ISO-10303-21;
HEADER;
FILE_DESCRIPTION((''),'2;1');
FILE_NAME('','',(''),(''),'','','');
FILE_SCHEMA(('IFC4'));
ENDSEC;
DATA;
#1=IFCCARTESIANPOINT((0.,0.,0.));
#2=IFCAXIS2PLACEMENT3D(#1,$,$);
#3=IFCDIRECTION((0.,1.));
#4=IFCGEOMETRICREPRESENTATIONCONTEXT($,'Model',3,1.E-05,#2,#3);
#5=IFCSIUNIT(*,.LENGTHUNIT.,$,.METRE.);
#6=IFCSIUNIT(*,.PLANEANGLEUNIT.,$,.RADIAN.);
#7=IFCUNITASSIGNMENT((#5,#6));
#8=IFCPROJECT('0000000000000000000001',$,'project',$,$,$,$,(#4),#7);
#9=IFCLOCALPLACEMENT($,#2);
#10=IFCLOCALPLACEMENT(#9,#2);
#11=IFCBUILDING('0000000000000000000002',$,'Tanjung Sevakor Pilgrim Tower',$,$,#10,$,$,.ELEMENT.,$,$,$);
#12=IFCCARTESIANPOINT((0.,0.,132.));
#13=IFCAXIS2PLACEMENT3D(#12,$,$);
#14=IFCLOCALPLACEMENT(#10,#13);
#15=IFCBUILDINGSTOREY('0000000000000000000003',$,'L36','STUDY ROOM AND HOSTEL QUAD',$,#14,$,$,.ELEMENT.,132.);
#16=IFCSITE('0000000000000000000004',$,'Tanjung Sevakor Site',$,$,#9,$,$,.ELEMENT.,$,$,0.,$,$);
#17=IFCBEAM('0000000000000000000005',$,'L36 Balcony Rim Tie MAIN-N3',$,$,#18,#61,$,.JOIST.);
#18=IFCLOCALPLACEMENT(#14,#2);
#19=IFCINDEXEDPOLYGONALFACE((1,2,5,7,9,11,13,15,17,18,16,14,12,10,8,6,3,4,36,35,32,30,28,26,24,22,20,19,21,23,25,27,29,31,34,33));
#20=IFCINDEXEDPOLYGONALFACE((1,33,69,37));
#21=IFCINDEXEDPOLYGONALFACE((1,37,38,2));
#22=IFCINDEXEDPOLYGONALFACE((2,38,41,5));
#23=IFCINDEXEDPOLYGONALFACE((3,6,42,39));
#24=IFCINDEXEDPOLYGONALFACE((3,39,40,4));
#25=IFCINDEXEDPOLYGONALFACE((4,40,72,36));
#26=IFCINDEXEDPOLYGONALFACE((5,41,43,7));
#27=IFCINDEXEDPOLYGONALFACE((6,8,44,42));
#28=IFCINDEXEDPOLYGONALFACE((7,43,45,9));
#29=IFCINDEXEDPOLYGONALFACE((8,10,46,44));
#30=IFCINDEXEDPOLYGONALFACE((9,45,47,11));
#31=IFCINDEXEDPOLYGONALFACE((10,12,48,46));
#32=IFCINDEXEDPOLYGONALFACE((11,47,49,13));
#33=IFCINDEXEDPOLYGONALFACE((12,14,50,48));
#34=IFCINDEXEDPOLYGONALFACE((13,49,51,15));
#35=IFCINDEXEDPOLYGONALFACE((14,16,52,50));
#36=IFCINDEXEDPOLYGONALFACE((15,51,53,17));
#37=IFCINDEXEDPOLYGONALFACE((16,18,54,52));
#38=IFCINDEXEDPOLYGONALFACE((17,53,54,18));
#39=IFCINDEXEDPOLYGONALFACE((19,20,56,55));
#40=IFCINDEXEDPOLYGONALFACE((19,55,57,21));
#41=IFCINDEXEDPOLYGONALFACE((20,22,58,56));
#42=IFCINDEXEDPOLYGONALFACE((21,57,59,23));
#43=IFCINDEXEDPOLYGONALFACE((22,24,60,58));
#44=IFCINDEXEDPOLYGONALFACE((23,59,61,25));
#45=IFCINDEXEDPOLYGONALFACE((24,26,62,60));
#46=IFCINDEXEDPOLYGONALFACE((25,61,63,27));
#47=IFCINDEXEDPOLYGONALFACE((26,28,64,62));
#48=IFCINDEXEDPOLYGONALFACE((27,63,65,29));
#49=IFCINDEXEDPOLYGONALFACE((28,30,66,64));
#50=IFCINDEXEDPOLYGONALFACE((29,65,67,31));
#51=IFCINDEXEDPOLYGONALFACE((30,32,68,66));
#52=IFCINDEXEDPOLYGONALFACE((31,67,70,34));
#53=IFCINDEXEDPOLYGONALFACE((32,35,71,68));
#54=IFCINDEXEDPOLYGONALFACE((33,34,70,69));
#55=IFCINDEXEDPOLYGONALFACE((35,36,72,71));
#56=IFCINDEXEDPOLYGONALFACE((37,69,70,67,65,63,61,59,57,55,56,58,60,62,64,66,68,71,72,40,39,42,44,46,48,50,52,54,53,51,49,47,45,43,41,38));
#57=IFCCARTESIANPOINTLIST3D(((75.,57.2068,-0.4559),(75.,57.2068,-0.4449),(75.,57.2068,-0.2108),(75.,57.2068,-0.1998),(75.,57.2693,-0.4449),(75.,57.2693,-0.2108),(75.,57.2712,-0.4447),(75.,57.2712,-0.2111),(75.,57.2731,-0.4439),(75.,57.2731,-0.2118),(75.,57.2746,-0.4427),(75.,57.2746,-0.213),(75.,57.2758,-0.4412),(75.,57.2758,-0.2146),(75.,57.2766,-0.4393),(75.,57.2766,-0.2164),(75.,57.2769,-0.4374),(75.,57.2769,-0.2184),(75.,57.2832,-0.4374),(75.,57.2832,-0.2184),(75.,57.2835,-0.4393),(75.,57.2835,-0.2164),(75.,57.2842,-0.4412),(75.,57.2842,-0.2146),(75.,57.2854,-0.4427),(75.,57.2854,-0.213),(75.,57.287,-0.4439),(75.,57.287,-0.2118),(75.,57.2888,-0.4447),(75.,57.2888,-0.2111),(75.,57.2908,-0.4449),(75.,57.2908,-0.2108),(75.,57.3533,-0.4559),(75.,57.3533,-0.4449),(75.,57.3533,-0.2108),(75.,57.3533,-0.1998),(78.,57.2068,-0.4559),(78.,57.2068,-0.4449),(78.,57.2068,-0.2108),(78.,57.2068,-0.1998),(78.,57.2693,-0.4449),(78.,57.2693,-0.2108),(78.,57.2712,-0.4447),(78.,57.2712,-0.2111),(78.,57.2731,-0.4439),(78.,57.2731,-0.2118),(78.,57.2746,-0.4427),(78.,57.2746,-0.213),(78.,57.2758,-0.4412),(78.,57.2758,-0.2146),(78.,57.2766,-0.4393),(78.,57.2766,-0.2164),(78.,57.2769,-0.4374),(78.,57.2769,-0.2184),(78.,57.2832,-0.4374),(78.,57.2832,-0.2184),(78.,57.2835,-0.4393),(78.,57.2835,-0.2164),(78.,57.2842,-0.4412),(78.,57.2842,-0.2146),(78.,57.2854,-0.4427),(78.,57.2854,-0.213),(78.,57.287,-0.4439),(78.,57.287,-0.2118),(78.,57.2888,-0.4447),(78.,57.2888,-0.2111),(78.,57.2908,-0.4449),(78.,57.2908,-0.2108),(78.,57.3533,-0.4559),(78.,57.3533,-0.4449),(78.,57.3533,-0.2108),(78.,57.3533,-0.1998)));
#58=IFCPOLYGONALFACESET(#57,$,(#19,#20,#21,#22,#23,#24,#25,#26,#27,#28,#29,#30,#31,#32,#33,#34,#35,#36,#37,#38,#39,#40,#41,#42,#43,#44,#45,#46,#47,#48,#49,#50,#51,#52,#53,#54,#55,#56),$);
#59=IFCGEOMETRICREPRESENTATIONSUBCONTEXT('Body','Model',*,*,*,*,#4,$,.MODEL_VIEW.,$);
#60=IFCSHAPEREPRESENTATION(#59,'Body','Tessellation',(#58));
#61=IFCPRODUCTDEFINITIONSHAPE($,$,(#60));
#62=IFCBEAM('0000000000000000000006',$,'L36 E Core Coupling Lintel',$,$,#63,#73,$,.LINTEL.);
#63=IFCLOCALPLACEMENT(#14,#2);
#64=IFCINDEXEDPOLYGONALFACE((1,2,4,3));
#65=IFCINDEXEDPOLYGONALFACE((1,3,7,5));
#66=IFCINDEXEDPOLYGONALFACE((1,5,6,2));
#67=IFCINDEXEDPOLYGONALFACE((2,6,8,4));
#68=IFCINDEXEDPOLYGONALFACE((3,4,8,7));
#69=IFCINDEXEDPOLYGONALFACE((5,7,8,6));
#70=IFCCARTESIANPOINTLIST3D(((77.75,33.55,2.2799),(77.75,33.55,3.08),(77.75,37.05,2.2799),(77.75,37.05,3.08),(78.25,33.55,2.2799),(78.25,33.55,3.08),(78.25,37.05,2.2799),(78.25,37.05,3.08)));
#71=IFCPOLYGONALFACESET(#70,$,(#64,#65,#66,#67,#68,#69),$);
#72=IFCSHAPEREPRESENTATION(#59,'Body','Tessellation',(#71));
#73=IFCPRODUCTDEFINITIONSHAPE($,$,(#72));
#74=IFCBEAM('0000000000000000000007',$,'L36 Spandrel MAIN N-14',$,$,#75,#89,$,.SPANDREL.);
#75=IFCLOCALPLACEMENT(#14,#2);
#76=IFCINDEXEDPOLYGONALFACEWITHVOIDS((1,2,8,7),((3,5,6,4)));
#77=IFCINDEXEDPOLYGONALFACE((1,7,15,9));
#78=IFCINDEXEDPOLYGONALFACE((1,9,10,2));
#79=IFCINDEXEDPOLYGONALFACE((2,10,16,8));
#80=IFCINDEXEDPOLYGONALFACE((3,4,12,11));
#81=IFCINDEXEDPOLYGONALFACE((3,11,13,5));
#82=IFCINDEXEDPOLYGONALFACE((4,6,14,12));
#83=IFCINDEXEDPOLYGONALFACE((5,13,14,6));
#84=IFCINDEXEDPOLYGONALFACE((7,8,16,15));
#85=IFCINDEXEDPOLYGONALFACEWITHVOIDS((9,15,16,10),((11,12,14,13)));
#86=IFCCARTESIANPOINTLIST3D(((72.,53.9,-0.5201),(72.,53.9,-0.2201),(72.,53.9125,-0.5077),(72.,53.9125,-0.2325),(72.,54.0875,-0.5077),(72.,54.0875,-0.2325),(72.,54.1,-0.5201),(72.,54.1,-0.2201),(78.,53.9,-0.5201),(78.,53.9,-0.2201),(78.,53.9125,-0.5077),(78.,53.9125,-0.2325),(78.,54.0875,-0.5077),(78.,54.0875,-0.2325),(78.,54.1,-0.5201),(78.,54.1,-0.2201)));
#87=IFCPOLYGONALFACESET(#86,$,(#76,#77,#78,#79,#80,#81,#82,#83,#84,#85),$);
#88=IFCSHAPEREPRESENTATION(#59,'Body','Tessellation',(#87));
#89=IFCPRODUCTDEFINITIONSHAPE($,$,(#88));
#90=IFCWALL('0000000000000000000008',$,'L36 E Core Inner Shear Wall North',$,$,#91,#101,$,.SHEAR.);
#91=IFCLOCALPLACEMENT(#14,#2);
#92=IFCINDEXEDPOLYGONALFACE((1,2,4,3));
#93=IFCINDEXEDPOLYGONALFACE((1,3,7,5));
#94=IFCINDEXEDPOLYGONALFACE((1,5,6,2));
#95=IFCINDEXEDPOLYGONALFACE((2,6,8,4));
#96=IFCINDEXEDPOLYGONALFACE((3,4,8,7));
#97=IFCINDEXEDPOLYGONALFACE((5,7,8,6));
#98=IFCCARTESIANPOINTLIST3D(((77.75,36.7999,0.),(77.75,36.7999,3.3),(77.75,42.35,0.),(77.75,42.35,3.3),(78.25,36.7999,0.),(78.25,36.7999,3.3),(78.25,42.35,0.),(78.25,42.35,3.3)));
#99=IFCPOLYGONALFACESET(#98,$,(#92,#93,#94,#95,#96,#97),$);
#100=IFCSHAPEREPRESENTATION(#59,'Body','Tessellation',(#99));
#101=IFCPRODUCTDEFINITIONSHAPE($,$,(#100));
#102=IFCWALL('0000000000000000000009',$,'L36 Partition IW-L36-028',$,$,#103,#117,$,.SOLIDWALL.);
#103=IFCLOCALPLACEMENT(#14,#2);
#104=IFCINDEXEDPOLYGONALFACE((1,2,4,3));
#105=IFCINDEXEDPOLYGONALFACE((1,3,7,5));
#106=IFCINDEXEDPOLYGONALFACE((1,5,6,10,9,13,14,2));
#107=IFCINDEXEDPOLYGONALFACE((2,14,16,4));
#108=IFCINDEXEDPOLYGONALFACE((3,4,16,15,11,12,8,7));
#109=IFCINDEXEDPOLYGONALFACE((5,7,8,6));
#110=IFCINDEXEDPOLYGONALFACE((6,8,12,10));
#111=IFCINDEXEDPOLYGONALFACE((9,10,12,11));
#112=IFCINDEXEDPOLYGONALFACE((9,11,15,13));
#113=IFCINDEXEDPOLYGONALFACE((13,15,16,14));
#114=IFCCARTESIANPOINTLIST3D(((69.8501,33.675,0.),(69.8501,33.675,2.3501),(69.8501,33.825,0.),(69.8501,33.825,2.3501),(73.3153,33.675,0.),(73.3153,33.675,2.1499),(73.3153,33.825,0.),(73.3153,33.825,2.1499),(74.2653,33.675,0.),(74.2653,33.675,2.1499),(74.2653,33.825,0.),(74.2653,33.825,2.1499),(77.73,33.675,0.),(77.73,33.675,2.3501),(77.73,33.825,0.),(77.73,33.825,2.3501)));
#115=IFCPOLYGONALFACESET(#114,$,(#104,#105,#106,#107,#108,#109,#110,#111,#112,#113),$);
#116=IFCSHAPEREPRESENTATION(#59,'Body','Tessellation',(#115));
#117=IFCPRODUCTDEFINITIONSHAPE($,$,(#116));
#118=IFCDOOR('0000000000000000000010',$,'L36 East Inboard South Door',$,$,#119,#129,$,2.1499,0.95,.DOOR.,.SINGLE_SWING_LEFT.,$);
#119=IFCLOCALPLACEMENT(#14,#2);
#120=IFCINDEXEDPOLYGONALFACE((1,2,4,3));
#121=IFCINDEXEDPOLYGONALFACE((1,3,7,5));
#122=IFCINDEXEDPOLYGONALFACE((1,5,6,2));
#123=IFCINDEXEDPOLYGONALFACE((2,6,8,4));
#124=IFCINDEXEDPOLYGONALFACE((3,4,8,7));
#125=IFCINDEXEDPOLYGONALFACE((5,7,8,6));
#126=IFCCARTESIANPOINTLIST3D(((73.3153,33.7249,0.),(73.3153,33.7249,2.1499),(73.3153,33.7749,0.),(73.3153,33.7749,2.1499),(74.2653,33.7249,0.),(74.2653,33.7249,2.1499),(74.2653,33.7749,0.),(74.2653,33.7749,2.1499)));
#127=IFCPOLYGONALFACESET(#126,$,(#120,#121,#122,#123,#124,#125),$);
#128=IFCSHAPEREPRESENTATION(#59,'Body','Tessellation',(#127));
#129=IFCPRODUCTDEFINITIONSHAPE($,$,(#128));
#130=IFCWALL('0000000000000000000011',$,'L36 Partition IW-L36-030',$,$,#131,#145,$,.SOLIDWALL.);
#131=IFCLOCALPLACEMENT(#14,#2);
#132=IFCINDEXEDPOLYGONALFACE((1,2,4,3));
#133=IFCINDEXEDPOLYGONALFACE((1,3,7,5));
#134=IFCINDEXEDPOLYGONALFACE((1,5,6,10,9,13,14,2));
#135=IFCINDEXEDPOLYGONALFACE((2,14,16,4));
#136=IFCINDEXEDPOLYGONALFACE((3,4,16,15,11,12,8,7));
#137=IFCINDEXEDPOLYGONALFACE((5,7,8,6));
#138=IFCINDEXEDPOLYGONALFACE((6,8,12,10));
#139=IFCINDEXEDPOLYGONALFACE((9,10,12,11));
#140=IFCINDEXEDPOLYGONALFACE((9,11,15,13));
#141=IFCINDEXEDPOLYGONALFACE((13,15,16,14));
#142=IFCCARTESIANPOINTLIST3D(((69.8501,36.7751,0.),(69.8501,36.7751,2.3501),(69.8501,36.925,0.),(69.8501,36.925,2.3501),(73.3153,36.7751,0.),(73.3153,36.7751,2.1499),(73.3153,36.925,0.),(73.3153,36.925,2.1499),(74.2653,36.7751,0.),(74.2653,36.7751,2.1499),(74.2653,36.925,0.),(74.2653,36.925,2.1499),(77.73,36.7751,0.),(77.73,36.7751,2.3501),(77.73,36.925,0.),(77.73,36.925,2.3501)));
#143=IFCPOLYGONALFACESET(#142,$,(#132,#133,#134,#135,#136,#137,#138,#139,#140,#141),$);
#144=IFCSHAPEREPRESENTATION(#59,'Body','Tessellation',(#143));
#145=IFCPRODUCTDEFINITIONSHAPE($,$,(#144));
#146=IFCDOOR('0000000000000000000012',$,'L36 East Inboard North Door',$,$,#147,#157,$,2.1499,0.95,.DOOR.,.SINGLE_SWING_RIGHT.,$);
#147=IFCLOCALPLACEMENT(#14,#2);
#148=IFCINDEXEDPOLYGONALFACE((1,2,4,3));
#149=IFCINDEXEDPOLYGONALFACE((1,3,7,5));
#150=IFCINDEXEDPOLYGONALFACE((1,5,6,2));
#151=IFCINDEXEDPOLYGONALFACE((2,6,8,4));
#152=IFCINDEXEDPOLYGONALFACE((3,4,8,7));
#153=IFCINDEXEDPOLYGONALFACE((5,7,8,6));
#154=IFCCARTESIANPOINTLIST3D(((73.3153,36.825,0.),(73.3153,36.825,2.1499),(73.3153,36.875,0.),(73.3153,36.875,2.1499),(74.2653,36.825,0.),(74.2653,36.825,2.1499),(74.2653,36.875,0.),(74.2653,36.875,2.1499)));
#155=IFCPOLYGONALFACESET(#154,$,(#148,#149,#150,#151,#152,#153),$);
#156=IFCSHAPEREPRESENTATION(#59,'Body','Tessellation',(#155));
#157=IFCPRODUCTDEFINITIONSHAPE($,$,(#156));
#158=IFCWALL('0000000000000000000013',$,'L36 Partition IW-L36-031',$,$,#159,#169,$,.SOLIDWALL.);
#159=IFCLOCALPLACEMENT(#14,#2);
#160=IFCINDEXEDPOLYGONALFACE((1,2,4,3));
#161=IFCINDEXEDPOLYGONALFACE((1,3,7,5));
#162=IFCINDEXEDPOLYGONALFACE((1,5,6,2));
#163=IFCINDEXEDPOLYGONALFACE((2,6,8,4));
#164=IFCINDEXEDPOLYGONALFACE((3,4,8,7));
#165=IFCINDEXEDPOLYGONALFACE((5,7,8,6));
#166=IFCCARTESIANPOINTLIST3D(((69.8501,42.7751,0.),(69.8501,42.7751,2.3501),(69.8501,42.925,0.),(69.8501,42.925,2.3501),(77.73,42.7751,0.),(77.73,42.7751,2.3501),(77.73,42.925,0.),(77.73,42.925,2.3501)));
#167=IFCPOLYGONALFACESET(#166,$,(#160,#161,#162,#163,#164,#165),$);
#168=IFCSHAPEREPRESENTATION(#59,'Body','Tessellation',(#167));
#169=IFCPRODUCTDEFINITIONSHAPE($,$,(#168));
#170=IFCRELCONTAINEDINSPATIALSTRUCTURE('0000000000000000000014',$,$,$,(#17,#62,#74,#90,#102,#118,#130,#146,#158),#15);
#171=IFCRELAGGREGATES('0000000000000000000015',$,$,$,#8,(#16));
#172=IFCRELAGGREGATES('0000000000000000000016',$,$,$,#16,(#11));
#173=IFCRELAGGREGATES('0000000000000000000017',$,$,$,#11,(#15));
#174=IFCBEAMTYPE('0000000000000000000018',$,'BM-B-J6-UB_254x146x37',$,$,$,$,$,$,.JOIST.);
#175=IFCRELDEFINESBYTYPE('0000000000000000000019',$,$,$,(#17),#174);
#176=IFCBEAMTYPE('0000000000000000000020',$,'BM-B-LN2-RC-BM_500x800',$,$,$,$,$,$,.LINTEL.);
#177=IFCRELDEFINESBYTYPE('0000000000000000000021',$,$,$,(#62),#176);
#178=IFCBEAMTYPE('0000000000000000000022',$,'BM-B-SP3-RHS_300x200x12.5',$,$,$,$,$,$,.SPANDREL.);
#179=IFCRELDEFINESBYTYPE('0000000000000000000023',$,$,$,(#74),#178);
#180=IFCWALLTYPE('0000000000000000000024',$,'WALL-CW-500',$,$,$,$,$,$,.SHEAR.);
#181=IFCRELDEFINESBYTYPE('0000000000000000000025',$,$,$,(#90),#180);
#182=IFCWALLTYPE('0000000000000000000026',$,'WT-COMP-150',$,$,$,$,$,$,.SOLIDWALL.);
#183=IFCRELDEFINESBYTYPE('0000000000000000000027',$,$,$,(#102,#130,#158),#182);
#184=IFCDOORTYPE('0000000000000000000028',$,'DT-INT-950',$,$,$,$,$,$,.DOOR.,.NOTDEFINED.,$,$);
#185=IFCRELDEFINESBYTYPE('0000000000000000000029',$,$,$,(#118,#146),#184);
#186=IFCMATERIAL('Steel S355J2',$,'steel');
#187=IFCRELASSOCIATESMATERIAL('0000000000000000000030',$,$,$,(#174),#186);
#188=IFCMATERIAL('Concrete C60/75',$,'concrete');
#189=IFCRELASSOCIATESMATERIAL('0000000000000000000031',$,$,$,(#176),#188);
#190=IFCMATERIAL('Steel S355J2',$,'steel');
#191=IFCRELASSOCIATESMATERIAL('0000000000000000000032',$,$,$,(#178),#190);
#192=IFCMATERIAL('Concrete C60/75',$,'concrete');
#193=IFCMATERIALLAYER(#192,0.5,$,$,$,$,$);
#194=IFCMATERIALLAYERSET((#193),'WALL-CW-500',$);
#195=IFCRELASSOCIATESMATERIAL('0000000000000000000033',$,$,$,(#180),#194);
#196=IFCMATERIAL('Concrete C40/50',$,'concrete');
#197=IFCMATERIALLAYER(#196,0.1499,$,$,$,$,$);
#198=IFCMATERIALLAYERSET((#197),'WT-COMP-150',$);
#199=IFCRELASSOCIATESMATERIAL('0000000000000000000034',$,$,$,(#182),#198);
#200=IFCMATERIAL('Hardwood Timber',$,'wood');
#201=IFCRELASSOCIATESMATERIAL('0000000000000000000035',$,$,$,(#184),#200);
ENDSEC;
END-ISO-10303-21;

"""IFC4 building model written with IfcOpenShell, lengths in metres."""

from ifc_helpers import new_model, si_unit, direction, frame, frame_2d, origin, origin_2d, place, context, subcontext, project, spatial, rectangle, hollow_rectangle, i_section, extrude, material, layer, layer_set, material_profile, profile_set, type_object, element, fill, save


model = new_model("IFC4")

# Units and contexts
model_context = context("Model", 3, precision=1e-05, world=origin(), true_north=direction((0.0, 1.0)))
body_context = subcontext(model_context, "Body", "Model", "MODEL_VIEW")
ifc_project = project(units=[si_unit("LENGTHUNIT", "METRE"), si_unit("PLANEANGLEUNIT", "RADIAN")], contexts=[model_context])

# Site, building, storey
site_placement = place(None, origin())
site = spatial("IfcSite", under=ifc_project, at=site_placement, Name="Tanjung Sevakor Site", CompositionType="ELEMENT", RefElevation=0.0)
building_placement = place(site_placement, origin())
building = spatial("IfcBuilding", under=site, at=building_placement, Name="Tanjung Sevakor Pilgrim Tower", CompositionType="ELEMENT")
storey_placement = place(building_placement, frame((0.0, 0.0, 132.0)))
storey = spatial("IfcBuildingStorey", under=building, at=storey_placement, Name="L36", Description="STUDY ROOM AND HOSTEL QUAD", CompositionType="ELEMENT", Elevation=132.0)

# Beams
ifc_material_1 = material(Name="Steel S355J2", Category="steel")
ifc_material_profile_1 = material_profile(ifc_material_1, i_section(OverallWidth=0.1465, OverallDepth=0.2561, WebThickness=0.0063, FlangeThickness=0.011, FilletRadius=0.0076, at=origin_2d()))
ifc_profile_set_1 = profile_set([ifc_material_profile_1], Name="Steel S355J2")
beam_type_1 = type_object("IfcBeamType", Name="BM-B-J6-UB_254x146x37", PredefinedType="JOIST", material=ifc_profile_set_1)
beam_1_placement = place(storey_placement, frame((75.0, 57.28, -0.3279), z_axis=(1.0, 0.0, 0.0), x_axis=(0.0, 1.0, 0.0)))
element("IfcBeam", 1, at=beam_1_placement, inside=storey, type_object=beam_type_1, Name="L36 Balcony Rim Tie MAIN-N3", PredefinedType="JOIST", context=body_context, shape_type="SweptSolid", body=[
    extrude(i_section(OverallWidth=0.1465, OverallDepth=0.2561, WebThickness=0.0063, FlangeThickness=0.011, FilletRadius=0.0076, at=origin_2d()), origin(), (0.0, 0.0, 1.0), 3.0),
])
ifc_material_2 = material(Name="Concrete C60/75", Category="concrete")
ifc_material_profile_2 = material_profile(ifc_material_2, rectangle(XDim=0.5, YDim=0.8, at=origin_2d()))
ifc_profile_set_2 = profile_set([ifc_material_profile_2], Name="Concrete C60/75")
beam_type_2 = type_object("IfcBeamType", Name="BM-B-LN2-RC-BM_500x800", PredefinedType="LINTEL", material=ifc_profile_set_2)
beam_2_placement = place(storey_placement, frame((78.0, 33.55, 2.6799), z_axis=(0.0, 1.0, 0.0), x_axis=(-1.0, 0.0, 0.0)))
element("IfcBeam", 2, at=beam_2_placement, inside=storey, type_object=beam_type_2, Name="L36 E Core Coupling Lintel", PredefinedType="LINTEL", context=body_context, shape_type="SweptSolid", body=[
    extrude(rectangle(XDim=0.5, YDim=0.8, at=origin_2d()), origin(), (0.0, 0.0, 1.0), 3.5),
])
ifc_material_3 = material(Name="Steel S355J2", Category="steel")
ifc_material_profile_3 = material_profile(ifc_material_3, hollow_rectangle(XDim=0.2, YDim=0.3, WallThickness=0.0125, at=origin_2d()))
ifc_profile_set_3 = profile_set([ifc_material_profile_3], Name="Steel S355J2")
beam_type_3 = type_object("IfcBeamType", Name="BM-B-SP3-RHS_300x200x12.5", PredefinedType="SPANDREL", material=ifc_profile_set_3)
beam_3_placement = place(storey_placement, frame((72.0, 54.0, -0.3701), z_axis=(1.0, 0.0, 0.0), x_axis=(0.0, 1.0, 0.0)))
element("IfcBeam", 3, at=beam_3_placement, inside=storey, type_object=beam_type_3, Name="L36 Spandrel MAIN N-14", PredefinedType="SPANDREL", context=body_context, shape_type="SweptSolid", body=[
    extrude(hollow_rectangle(XDim=0.2, YDim=0.3, WallThickness=0.0125, at=origin_2d()), origin(), (0.0, 0.0, 1.0), 6.0),
])

# Wall
ifc_material_4 = material(Name="Concrete C60/75", Category="concrete")
ifc_layer_1 = layer(ifc_material_4, 0.5)
ifc_layer_set_1 = layer_set([ifc_layer_1], Name="WALL-CW-500")
wall_type_1 = type_object("IfcWallType", Name="WALL-CW-500", PredefinedType="SHEAR", material=ifc_layer_set_1)
wall_1_placement = place(storey_placement, frame((78.0, 36.8, 0.0), z_axis=(0.0, 0.0, 1.0), x_axis=(0.0, 1.0, 0.0)))
element("IfcWall", 4, at=wall_1_placement, inside=storey, type_object=wall_type_1, Name="L36 E Core Inner Shear Wall North", PredefinedType="SHEAR", context=body_context, shape_type="SweptSolid", body=[
    extrude(rectangle(XDim=5.55, YDim=0.5, at=frame_2d((2.7749, 0.0))), origin(), (0.0, 0.0, 1.0), 3.3),
])

# Walls, openings, doors
ifc_material_5 = material(Name="Concrete C40/50", Category="concrete")
ifc_layer_2 = layer(ifc_material_5, 0.1499)
ifc_layer_set_2 = layer_set([ifc_layer_2], Name="WT-COMP-150")
wall_type_2 = type_object("IfcWallType", Name="WT-COMP-150", PredefinedType="SOLIDWALL", material=ifc_layer_set_2)
wall_2_placement = place(storey_placement, frame((69.8501, 33.75, 0.0), z_axis=(0.0, 0.0, 1.0), x_axis=(1.0, 0.0, 0.0)))
wall_2 = element("IfcWall", 5, at=wall_2_placement, inside=storey, type_object=wall_type_2, Name="L36 Partition IW-L36-028", PredefinedType="SOLIDWALL", context=body_context, shape_type="SweptSolid", body=[
    extrude(rectangle(XDim=7.8799, YDim=0.1499, at=frame_2d((3.9399, 0.0))), origin(), (0.0, 0.0, 1.0), 2.3501),
])
opening_1_placement = place(wall_2_placement, frame((3.4651, 0.0, 0.0)))
opening_1 = element("IfcOpeningElement", 6, at=opening_1_placement, cuts=wall_2, PredefinedType="OPENING", context=body_context, shape_type="SweptSolid", body=[
    extrude(rectangle(XDim=0.95, YDim=2.1499, at=frame_2d((0.4751, 1.075))), frame((0.0, 0.085, 0.0), z_axis=(0.0, -1.0, 0.0), x_axis=(1.0, 0.0, 0.0)), (0.0, 0.0, 1.0), 0.1699),
])
ifc_material_6 = material(Name="Hardwood Timber", Category="wood")
door_type_1 = type_object("IfcDoorType", Name="DT-INT-950", OperationType="NOTDEFINED", PredefinedType="DOOR", material=ifc_material_6)
door_1_placement = place(opening_1_placement, origin())
door_1 = element("IfcDoor", 7, at=door_1_placement, inside=storey, type_object=door_type_1, Name="L36 East Inboard South Door", OperationType="SINGLE_SWING_LEFT", OverallHeight=2.1499, OverallWidth=0.95, PredefinedType="DOOR", context=body_context, shape_type="SweptSolid", body=[
    extrude(rectangle(XDim=0.95, YDim=2.1499, at=frame_2d((0.4751, 1.075))), frame((0.0, 0.0249, 0.0), z_axis=(0.0, -1.0, 0.0), x_axis=(1.0, 0.0, 0.0)), (0.0, 0.0, 1.0), 0.05),
])
fill(opening_1, door_1)
wall_3_placement = place(storey_placement, frame((69.8501, 36.8501, 0.0), z_axis=(0.0, 0.0, 1.0), x_axis=(1.0, 0.0, 0.0)))
wall_3 = element("IfcWall", 8, at=wall_3_placement, inside=storey, type_object=wall_type_2, Name="L36 Partition IW-L36-030", PredefinedType="SOLIDWALL", context=body_context, shape_type="SweptSolid", body=[
    extrude(rectangle(XDim=7.8799, YDim=0.1499, at=frame_2d((3.9399, 0.0))), origin(), (0.0, 0.0, 1.0), 2.3501),
])
opening_2_placement = place(wall_3_placement, frame((3.4651, 0.0, 0.0)))
opening_2 = element("IfcOpeningElement", 9, at=opening_2_placement, cuts=wall_3, PredefinedType="OPENING", context=body_context, shape_type="SweptSolid", body=[
    extrude(rectangle(XDim=0.95, YDim=2.1499, at=frame_2d((0.4751, 1.075))), frame((0.0, 0.085, 0.0), z_axis=(0.0, -1.0, 0.0), x_axis=(1.0, 0.0, 0.0)), (0.0, 0.0, 1.0), 0.1699),
])
door_2_placement = place(opening_2_placement, origin())
door_2 = element("IfcDoor", 10, at=door_2_placement, inside=storey, type_object=door_type_1, Name="L36 East Inboard North Door", OperationType="SINGLE_SWING_RIGHT", OverallHeight=2.1499, OverallWidth=0.95, PredefinedType="DOOR", context=body_context, shape_type="SweptSolid", body=[
    extrude(rectangle(XDim=0.95, YDim=2.1499, at=frame_2d((0.4751, 1.075))), frame((0.0, 0.0249, 0.0), z_axis=(0.0, -1.0, 0.0), x_axis=(1.0, 0.0, 0.0)), (0.0, 0.0, 1.0), 0.05),
])
fill(opening_2, door_2)

# Wall
wall_4_placement = place(storey_placement, frame((69.8501, 42.8501, 0.0), z_axis=(0.0, 0.0, 1.0), x_axis=(1.0, 0.0, 0.0)))
element("IfcWall", 11, at=wall_4_placement, inside=storey, type_object=wall_type_2, Name="L36 Partition IW-L36-031", PredefinedType="SOLIDWALL", context=body_context, shape_type="SweptSolid", body=[
    extrude(rectangle(XDim=7.8799, YDim=0.1499, at=frame_2d((3.9399, 0.0))), origin(), (0.0, 0.0, 1.0), 2.3501),
])

save(model, "model.ifc")
